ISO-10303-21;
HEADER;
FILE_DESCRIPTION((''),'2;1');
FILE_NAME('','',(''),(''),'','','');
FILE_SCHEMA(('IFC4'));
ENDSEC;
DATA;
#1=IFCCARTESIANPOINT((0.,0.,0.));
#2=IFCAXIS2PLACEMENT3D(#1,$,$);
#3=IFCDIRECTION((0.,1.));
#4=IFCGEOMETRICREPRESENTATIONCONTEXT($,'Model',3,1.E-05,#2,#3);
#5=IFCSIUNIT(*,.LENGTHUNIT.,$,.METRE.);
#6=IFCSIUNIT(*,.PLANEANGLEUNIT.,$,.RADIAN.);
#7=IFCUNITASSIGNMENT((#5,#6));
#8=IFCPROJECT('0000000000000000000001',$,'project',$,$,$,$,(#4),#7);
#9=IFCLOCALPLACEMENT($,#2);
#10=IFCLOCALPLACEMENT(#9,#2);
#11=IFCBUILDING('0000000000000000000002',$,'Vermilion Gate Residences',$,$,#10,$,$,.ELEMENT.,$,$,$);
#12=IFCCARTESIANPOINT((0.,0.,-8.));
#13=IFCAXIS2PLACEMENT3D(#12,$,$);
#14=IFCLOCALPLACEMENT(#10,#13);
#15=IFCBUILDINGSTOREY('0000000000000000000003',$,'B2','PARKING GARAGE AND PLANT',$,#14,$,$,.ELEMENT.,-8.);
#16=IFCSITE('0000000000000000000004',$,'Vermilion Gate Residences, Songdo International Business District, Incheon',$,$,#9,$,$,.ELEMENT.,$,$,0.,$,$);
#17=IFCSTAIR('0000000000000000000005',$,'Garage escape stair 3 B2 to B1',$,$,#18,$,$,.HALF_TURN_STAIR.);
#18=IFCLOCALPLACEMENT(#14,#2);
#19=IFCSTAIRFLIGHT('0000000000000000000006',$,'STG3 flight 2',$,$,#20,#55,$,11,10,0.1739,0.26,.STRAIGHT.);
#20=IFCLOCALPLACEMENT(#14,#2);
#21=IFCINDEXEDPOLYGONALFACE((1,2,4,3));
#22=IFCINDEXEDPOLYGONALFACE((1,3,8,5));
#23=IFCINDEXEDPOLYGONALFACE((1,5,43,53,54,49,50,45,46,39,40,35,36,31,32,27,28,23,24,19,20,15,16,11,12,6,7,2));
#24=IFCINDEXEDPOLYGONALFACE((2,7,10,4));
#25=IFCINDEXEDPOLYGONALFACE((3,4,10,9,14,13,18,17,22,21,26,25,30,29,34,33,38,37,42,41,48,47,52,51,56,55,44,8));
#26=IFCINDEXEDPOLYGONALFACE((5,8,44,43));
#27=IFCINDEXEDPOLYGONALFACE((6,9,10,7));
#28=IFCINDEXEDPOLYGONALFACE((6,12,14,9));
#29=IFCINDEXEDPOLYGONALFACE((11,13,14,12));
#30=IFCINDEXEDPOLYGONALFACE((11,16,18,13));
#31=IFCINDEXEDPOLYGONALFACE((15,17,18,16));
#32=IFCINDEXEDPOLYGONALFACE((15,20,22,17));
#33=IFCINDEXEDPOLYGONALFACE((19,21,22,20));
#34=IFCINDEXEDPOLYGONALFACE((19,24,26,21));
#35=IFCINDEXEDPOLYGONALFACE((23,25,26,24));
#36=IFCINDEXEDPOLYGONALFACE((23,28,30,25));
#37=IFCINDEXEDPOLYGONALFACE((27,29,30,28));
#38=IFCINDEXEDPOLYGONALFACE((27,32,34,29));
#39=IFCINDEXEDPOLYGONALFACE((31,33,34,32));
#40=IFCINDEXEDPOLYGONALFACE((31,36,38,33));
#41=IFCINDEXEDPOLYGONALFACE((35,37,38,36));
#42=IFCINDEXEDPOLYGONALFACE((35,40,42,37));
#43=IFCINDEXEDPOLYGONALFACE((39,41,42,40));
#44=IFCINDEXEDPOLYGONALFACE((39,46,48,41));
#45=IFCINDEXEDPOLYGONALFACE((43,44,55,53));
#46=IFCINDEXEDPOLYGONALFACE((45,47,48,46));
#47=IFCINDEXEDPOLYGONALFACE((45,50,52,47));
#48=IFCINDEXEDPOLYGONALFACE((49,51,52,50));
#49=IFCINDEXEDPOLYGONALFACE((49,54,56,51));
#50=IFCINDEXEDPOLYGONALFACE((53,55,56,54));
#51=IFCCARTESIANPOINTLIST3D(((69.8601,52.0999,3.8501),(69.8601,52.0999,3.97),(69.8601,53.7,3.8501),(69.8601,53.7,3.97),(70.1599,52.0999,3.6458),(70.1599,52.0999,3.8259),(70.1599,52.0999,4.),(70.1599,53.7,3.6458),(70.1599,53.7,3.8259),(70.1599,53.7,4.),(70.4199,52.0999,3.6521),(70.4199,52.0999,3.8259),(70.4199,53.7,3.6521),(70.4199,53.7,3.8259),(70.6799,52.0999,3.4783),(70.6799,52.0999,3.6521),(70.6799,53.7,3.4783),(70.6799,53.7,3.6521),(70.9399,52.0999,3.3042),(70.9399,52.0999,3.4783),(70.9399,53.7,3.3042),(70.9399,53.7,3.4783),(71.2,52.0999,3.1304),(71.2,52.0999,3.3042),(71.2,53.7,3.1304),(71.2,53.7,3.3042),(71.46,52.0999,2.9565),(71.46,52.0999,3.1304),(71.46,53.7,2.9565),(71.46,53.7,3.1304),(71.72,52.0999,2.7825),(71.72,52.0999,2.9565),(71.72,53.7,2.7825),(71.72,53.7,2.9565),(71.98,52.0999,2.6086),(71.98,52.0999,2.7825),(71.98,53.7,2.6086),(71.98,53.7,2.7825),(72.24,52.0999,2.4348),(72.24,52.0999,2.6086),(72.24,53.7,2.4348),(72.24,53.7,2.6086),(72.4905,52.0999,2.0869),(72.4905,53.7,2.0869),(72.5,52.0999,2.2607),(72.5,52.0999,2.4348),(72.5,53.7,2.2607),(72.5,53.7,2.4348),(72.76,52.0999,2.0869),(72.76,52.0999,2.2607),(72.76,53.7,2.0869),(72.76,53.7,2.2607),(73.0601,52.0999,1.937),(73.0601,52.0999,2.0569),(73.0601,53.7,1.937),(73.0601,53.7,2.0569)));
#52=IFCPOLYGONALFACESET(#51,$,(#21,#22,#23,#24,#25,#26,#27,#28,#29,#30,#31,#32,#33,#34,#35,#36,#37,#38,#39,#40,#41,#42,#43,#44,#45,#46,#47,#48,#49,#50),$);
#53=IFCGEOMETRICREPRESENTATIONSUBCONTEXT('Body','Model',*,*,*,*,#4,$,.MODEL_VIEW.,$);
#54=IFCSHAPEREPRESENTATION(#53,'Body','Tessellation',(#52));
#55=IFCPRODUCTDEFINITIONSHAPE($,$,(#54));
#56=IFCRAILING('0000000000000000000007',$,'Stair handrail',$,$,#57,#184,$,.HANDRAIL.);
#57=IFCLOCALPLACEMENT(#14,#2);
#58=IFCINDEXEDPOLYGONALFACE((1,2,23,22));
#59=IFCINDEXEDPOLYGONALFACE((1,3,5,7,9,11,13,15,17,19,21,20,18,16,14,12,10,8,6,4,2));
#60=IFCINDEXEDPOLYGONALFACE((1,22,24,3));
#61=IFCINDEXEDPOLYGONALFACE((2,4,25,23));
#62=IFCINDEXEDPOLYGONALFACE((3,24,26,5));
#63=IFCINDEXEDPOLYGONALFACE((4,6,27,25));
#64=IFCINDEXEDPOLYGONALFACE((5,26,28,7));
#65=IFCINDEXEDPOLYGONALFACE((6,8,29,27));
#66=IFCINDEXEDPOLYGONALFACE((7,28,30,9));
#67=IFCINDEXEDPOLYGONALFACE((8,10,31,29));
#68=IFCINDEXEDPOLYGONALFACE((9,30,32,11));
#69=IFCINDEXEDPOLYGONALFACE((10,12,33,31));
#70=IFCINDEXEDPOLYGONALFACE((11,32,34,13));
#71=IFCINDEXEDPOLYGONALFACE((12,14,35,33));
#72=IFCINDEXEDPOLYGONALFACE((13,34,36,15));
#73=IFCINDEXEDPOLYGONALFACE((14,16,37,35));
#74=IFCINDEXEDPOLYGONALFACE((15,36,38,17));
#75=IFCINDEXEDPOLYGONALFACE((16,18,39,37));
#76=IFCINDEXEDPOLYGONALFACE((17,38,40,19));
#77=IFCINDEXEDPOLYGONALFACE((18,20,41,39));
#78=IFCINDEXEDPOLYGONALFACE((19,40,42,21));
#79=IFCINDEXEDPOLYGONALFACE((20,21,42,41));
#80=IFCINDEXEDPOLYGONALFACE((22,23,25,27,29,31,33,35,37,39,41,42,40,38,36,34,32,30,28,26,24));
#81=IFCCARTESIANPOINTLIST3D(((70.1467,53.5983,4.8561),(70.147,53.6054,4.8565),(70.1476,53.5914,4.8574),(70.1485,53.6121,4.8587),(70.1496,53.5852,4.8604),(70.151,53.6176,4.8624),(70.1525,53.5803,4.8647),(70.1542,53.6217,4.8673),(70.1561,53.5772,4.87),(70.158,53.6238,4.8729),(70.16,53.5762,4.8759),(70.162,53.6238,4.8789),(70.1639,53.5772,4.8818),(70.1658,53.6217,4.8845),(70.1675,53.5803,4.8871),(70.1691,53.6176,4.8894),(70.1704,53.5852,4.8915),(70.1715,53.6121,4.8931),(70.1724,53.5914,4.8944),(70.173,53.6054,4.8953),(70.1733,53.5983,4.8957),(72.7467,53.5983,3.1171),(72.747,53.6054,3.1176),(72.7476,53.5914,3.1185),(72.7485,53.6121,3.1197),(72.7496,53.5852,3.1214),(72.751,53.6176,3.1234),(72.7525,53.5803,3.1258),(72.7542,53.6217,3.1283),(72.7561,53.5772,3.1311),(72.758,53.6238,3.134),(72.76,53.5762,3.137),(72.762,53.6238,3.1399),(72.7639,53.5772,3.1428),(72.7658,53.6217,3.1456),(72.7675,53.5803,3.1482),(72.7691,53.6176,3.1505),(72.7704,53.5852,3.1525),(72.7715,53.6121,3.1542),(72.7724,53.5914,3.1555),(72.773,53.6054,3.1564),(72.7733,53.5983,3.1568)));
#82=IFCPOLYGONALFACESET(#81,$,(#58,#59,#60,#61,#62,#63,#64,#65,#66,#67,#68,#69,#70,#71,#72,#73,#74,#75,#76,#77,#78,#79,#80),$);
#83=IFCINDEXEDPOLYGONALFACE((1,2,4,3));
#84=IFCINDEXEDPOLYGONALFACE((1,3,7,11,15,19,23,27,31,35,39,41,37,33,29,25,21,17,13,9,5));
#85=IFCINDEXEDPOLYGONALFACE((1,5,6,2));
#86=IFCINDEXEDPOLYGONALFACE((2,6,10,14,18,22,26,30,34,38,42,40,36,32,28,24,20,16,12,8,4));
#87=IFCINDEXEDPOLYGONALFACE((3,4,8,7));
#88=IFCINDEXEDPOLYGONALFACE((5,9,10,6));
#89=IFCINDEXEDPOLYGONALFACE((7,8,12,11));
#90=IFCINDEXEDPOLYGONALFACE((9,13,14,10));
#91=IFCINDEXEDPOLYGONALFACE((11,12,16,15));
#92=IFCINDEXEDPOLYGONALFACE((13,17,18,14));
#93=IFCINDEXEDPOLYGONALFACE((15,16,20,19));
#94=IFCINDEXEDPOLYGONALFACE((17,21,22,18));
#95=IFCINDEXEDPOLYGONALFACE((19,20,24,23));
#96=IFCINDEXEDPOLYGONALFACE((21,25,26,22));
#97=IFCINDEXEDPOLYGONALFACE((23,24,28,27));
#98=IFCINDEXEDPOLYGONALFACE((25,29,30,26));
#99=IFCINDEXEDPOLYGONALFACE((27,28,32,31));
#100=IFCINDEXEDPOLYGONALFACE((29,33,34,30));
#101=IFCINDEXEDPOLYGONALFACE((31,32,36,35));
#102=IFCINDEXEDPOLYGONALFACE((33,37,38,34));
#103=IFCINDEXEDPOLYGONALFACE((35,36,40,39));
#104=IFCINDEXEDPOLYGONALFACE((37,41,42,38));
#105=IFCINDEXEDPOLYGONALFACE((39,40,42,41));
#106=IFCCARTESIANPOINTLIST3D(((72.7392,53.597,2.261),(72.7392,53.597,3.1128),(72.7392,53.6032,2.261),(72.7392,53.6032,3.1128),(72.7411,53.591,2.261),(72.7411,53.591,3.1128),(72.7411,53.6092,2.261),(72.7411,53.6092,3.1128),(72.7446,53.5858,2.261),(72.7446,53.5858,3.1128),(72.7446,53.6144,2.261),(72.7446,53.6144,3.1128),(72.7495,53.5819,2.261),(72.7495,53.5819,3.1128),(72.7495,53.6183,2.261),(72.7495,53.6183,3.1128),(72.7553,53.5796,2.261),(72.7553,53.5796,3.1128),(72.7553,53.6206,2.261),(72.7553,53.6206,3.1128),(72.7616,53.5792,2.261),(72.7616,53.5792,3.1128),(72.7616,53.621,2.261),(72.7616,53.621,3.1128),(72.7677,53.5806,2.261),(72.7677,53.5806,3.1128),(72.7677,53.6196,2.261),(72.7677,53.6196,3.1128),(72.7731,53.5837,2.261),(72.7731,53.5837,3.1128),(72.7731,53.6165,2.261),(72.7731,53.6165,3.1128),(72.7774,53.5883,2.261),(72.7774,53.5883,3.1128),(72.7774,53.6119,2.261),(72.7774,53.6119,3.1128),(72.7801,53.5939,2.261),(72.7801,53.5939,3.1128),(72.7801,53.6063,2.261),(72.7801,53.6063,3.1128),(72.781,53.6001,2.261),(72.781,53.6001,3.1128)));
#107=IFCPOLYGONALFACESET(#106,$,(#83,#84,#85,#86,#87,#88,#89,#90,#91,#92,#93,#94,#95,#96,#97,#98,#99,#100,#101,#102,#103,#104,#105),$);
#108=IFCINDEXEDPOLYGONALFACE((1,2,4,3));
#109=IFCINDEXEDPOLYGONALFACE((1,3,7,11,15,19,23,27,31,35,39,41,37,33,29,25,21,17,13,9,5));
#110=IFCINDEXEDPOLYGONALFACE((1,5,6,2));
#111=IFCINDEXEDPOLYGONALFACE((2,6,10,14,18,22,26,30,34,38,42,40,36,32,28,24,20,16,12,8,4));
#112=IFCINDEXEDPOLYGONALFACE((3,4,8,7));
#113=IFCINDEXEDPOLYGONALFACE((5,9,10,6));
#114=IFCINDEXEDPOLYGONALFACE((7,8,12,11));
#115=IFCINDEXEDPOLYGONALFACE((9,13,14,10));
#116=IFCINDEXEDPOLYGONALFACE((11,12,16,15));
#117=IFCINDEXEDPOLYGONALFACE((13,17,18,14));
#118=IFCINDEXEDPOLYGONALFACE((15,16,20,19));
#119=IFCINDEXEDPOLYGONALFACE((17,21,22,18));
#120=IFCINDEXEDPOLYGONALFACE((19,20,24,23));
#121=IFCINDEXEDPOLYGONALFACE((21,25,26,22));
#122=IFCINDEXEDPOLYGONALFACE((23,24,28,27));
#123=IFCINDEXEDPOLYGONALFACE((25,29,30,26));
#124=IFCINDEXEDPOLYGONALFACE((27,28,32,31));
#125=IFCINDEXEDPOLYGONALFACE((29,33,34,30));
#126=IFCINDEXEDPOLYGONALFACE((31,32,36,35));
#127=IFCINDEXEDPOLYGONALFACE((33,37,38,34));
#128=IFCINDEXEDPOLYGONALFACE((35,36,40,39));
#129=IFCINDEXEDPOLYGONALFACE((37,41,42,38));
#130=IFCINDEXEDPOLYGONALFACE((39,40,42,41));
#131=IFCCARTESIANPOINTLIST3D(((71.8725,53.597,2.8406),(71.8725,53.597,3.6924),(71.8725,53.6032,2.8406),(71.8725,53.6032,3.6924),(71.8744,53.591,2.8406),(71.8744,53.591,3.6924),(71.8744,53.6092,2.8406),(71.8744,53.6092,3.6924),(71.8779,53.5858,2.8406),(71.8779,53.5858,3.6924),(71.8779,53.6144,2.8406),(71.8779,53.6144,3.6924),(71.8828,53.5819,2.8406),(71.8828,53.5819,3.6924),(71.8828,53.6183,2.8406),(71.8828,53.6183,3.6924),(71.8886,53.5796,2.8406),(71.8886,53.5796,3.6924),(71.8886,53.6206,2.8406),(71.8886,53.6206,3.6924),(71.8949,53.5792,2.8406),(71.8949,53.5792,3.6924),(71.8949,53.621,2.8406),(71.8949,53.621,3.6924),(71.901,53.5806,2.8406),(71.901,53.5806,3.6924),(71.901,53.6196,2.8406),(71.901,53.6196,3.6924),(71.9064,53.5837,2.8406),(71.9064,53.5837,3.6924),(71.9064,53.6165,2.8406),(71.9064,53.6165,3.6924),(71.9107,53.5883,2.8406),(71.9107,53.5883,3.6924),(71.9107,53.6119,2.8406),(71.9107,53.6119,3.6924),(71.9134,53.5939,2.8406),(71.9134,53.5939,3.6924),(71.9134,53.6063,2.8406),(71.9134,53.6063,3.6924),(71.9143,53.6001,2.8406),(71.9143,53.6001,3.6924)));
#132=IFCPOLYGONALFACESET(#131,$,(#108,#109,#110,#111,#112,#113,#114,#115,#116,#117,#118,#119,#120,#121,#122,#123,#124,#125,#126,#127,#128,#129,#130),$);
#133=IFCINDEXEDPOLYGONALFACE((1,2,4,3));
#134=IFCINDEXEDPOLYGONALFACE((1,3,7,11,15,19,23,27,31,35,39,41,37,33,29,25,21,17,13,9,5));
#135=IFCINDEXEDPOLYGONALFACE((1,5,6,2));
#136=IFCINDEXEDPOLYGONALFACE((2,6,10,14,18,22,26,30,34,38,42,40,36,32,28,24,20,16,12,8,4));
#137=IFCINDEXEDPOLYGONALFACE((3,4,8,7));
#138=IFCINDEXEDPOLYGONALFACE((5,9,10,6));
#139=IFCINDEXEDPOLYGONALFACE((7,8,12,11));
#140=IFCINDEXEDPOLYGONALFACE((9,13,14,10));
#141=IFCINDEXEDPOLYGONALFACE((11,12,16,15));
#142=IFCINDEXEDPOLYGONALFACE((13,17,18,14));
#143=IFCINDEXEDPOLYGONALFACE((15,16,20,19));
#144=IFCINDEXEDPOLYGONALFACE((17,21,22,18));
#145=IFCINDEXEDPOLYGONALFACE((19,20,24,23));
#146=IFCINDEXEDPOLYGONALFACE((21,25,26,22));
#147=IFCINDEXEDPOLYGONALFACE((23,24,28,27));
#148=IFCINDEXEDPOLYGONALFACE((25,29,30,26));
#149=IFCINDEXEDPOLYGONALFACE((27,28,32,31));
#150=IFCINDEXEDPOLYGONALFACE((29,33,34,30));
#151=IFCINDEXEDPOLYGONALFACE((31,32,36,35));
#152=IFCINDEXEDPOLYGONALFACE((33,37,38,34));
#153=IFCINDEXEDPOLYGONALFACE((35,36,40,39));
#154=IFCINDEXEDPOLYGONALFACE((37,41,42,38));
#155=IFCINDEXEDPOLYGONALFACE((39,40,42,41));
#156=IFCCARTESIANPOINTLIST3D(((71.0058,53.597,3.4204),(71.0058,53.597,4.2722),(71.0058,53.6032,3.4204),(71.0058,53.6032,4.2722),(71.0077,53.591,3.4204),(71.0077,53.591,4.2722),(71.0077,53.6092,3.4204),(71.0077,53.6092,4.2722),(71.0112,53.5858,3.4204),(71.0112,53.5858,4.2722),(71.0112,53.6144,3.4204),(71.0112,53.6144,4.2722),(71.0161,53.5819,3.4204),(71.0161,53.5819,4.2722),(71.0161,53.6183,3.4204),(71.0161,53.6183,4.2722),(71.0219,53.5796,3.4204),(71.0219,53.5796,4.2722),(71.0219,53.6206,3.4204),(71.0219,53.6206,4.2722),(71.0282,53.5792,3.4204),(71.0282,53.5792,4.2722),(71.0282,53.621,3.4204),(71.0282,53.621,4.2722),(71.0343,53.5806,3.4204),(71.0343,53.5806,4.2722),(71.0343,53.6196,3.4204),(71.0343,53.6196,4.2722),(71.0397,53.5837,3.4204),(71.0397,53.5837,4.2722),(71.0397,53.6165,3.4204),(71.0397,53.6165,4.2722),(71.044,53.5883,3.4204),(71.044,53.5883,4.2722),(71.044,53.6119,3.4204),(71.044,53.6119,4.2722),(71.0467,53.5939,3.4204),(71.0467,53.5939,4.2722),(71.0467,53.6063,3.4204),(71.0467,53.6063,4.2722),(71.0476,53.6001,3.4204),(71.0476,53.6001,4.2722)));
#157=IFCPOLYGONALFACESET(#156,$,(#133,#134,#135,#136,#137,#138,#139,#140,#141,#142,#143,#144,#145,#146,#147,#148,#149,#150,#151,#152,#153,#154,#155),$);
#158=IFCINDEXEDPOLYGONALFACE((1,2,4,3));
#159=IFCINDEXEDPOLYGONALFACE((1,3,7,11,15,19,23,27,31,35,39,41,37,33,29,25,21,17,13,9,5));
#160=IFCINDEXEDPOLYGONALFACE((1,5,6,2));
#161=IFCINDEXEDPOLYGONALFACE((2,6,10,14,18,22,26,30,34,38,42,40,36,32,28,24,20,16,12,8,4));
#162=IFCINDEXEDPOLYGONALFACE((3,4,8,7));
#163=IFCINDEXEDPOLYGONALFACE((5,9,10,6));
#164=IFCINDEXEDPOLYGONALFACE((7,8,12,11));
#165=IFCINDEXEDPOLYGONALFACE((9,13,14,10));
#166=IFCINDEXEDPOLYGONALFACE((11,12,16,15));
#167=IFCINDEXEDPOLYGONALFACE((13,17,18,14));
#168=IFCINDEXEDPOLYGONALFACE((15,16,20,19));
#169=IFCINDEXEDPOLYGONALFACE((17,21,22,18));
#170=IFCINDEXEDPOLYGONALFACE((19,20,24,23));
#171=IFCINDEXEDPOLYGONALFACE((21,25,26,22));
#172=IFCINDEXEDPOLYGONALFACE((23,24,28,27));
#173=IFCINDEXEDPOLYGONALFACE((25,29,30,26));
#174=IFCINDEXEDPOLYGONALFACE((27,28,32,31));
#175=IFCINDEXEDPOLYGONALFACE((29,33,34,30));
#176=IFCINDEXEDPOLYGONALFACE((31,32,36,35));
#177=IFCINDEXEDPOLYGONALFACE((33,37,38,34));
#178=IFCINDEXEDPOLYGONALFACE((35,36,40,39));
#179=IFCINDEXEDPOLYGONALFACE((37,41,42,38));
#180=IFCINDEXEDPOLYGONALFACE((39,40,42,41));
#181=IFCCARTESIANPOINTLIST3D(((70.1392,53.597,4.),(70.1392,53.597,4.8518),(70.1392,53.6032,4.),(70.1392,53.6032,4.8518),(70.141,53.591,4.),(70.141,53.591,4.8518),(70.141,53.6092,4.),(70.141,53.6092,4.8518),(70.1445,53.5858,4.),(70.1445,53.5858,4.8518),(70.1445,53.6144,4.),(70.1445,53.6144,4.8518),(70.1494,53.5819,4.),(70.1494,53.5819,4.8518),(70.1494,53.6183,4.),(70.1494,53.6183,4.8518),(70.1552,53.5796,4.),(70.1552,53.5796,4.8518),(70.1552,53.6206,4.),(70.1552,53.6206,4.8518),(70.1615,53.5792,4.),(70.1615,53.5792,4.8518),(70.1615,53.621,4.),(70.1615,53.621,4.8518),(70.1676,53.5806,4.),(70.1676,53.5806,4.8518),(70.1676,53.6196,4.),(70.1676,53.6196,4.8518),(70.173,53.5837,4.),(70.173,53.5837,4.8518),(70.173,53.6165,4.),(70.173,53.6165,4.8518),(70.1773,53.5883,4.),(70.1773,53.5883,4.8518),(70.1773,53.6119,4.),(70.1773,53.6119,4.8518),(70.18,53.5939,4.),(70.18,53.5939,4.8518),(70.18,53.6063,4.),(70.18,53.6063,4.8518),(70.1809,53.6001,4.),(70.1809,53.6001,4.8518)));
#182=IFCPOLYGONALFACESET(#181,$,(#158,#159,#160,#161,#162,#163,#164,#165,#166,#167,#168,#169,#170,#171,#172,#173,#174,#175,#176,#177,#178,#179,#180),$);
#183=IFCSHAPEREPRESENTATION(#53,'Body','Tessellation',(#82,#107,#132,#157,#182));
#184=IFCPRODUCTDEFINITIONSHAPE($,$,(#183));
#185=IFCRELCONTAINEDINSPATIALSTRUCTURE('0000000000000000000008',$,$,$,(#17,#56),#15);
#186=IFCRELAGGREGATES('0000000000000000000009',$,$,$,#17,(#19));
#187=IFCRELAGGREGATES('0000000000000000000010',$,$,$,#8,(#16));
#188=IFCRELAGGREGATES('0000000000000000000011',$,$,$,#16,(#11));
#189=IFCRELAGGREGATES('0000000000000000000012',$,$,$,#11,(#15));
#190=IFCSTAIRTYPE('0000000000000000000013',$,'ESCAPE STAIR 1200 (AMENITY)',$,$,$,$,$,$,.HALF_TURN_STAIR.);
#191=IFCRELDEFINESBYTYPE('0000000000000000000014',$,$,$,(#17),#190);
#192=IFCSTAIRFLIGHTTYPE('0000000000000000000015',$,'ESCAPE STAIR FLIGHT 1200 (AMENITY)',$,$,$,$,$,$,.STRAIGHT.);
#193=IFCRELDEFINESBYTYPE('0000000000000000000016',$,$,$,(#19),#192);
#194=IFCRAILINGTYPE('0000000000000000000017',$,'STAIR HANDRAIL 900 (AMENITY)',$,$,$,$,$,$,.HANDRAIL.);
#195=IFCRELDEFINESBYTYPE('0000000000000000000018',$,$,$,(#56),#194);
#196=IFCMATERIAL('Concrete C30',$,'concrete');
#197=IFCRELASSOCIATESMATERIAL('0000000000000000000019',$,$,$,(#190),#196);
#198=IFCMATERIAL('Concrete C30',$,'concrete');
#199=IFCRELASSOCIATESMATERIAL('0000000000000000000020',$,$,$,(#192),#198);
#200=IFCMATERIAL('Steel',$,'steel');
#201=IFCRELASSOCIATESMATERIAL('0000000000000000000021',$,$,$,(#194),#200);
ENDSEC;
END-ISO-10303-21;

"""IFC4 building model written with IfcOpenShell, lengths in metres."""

from ifc_helpers import new_model, si_unit, direction, frame, origin, origin_2d, place, context, subcontext, project, spatial, polyline, circle, outline, extrude, material, type_object, element, aggregate, save


model = new_model("IFC4")

# Units and contexts
model_context = context("Model", 3, precision=1e-05, world=origin(), true_north=direction((0.0, 1.0)))
body_context = subcontext(model_context, "Body", "Model", "MODEL_VIEW")
ifc_project = project(units=[si_unit("LENGTHUNIT", "METRE"), si_unit("PLANEANGLEUNIT", "RADIAN")], contexts=[model_context])

# Site, building, storey
site_placement = place(None, origin())
site = spatial("IfcSite", under=ifc_project, at=site_placement, Name="Vermilion Gate Residences, Songdo International Business District, Incheon", CompositionType="ELEMENT", RefElevation=0.0)
building_placement = place(site_placement, origin())
building = spatial("IfcBuilding", under=site, at=building_placement, Name="Vermilion Gate Residences", CompositionType="ELEMENT")
storey_placement = place(building_placement, frame((0.0, 0.0, -8.0)))
storey = spatial("IfcBuildingStorey", under=building, at=storey_placement, Name="B2", Description="PARKING GARAGE AND PLANT", CompositionType="ELEMENT", Elevation=-8.0)

# Stair, stair flight
ifc_material_1 = material(Name="Concrete C30", Category="concrete")
stair_type = type_object("IfcStairType", Name="ESCAPE STAIR 1200 (AMENITY)", PredefinedType="HALF_TURN_STAIR", material=ifc_material_1)
stair_placement = place(storey_placement, origin())
stair = element("IfcStair", 1, at=stair_placement, inside=storey, type_object=stair_type, Name="Garage escape stair 3 B2 to B1", PredefinedType="HALF_TURN_STAIR")
ifc_material_2 = material(Name="Concrete C30", Category="concrete")
stair_flight_type = type_object("IfcStairFlightType", Name="ESCAPE STAIR FLIGHT 1200 (AMENITY)", PredefinedType="STRAIGHT", material=ifc_material_2)
stair_flight_1_placement = place(storey_placement, frame((72.76, 52.8999, 2.0869), z_axis=(0.0, 0.0, 1.0), x_axis=(-1.0, 0.0, 0.0)))
stair_flight_1 = element("IfcStairFlight", 2, at=stair_flight_1_placement, type_object=stair_flight_type, Name="STG3 flight 2", NumberOfRisers=11, NumberOfTreads=10, PredefinedType="STRAIGHT", RiserHeight=0.1739, TreadLength=0.26, context=body_context, shape_type="SweptSolid", body=[
    extrude(outline(polyline([(-0.3, -0.1499), (-0.3, -0.03), (0.0, 0.0), (0.0, 0.1738), (0.26, 0.1738), (0.26, 0.3479), (0.52, 0.3479), (0.52, 0.5217), (0.78, 0.5217), (0.78, 0.6956), (1.04, 0.6956), (1.04, 0.8696), (1.3, 0.8696), (1.3, 1.0435), (1.5601, 1.0435), (1.5601, 1.2173), (1.8201, 1.2173), (1.8201, 1.3914), (2.0801, 1.3914), (2.0801, 1.5652), (2.3401, 1.5652), (2.3401, 1.739), (2.6001, 1.739), (2.6001, 1.9131), (2.8999, 1.8831), (2.8999, 1.7632), (2.6001, 1.5588), (0.2695, 0.0), (-0.3, -0.1499)])), frame((0.0, 0.8, 0.0), z_axis=(0.0, -1.0, 0.0), x_axis=(1.0, 0.0, 0.0)), (0.0, 0.0, 1.0), 1.6001),
])
aggregate(stair, [stair_flight_1])

# Railing
ifc_material_3 = material(Name="Steel", Category="steel")
railing_type = type_object("IfcRailingType", Name="STAIR HANDRAIL 900 (AMENITY)", PredefinedType="HANDRAIL", material=ifc_material_3)
railing_placement = place(storey_placement, frame((72.76, 53.6001, 2.261)))
element("IfcRailing", 3, at=railing_placement, inside=storey, type_object=railing_type, Name="Stair handrail", PredefinedType="HANDRAIL", context=body_context, shape_type="SweptSolid", body=[
    extrude(circle(Radius=0.0239, at=origin_2d()), frame((0.0, 0.0, 0.876), z_axis=(-0.831221, 0.0, 0.555942), x_axis=(0.0, -1.0, 0.0)), (0.0, 0.0, 1.0), 3.1279),
    extrude(circle(Radius=0.021, at=origin_2d()), origin(), (0.0, 0.0, 1.0), 0.8518),
    extrude(circle(Radius=0.021, at=origin_2d()), frame((-0.8667, 0.0, 0.5796)), (0.0, 0.0, 1.0), 0.8518),
    extrude(circle(Radius=0.021, at=origin_2d()), frame((-1.7334, 0.0, 1.1594)), (0.0, 0.0, 1.0), 0.8518),
    extrude(circle(Radius=0.021, at=origin_2d()), frame((-2.6001, 0.0, 1.739)), (0.0, 0.0, 1.0), 0.8518),
])

save(model, "model.ifc")
